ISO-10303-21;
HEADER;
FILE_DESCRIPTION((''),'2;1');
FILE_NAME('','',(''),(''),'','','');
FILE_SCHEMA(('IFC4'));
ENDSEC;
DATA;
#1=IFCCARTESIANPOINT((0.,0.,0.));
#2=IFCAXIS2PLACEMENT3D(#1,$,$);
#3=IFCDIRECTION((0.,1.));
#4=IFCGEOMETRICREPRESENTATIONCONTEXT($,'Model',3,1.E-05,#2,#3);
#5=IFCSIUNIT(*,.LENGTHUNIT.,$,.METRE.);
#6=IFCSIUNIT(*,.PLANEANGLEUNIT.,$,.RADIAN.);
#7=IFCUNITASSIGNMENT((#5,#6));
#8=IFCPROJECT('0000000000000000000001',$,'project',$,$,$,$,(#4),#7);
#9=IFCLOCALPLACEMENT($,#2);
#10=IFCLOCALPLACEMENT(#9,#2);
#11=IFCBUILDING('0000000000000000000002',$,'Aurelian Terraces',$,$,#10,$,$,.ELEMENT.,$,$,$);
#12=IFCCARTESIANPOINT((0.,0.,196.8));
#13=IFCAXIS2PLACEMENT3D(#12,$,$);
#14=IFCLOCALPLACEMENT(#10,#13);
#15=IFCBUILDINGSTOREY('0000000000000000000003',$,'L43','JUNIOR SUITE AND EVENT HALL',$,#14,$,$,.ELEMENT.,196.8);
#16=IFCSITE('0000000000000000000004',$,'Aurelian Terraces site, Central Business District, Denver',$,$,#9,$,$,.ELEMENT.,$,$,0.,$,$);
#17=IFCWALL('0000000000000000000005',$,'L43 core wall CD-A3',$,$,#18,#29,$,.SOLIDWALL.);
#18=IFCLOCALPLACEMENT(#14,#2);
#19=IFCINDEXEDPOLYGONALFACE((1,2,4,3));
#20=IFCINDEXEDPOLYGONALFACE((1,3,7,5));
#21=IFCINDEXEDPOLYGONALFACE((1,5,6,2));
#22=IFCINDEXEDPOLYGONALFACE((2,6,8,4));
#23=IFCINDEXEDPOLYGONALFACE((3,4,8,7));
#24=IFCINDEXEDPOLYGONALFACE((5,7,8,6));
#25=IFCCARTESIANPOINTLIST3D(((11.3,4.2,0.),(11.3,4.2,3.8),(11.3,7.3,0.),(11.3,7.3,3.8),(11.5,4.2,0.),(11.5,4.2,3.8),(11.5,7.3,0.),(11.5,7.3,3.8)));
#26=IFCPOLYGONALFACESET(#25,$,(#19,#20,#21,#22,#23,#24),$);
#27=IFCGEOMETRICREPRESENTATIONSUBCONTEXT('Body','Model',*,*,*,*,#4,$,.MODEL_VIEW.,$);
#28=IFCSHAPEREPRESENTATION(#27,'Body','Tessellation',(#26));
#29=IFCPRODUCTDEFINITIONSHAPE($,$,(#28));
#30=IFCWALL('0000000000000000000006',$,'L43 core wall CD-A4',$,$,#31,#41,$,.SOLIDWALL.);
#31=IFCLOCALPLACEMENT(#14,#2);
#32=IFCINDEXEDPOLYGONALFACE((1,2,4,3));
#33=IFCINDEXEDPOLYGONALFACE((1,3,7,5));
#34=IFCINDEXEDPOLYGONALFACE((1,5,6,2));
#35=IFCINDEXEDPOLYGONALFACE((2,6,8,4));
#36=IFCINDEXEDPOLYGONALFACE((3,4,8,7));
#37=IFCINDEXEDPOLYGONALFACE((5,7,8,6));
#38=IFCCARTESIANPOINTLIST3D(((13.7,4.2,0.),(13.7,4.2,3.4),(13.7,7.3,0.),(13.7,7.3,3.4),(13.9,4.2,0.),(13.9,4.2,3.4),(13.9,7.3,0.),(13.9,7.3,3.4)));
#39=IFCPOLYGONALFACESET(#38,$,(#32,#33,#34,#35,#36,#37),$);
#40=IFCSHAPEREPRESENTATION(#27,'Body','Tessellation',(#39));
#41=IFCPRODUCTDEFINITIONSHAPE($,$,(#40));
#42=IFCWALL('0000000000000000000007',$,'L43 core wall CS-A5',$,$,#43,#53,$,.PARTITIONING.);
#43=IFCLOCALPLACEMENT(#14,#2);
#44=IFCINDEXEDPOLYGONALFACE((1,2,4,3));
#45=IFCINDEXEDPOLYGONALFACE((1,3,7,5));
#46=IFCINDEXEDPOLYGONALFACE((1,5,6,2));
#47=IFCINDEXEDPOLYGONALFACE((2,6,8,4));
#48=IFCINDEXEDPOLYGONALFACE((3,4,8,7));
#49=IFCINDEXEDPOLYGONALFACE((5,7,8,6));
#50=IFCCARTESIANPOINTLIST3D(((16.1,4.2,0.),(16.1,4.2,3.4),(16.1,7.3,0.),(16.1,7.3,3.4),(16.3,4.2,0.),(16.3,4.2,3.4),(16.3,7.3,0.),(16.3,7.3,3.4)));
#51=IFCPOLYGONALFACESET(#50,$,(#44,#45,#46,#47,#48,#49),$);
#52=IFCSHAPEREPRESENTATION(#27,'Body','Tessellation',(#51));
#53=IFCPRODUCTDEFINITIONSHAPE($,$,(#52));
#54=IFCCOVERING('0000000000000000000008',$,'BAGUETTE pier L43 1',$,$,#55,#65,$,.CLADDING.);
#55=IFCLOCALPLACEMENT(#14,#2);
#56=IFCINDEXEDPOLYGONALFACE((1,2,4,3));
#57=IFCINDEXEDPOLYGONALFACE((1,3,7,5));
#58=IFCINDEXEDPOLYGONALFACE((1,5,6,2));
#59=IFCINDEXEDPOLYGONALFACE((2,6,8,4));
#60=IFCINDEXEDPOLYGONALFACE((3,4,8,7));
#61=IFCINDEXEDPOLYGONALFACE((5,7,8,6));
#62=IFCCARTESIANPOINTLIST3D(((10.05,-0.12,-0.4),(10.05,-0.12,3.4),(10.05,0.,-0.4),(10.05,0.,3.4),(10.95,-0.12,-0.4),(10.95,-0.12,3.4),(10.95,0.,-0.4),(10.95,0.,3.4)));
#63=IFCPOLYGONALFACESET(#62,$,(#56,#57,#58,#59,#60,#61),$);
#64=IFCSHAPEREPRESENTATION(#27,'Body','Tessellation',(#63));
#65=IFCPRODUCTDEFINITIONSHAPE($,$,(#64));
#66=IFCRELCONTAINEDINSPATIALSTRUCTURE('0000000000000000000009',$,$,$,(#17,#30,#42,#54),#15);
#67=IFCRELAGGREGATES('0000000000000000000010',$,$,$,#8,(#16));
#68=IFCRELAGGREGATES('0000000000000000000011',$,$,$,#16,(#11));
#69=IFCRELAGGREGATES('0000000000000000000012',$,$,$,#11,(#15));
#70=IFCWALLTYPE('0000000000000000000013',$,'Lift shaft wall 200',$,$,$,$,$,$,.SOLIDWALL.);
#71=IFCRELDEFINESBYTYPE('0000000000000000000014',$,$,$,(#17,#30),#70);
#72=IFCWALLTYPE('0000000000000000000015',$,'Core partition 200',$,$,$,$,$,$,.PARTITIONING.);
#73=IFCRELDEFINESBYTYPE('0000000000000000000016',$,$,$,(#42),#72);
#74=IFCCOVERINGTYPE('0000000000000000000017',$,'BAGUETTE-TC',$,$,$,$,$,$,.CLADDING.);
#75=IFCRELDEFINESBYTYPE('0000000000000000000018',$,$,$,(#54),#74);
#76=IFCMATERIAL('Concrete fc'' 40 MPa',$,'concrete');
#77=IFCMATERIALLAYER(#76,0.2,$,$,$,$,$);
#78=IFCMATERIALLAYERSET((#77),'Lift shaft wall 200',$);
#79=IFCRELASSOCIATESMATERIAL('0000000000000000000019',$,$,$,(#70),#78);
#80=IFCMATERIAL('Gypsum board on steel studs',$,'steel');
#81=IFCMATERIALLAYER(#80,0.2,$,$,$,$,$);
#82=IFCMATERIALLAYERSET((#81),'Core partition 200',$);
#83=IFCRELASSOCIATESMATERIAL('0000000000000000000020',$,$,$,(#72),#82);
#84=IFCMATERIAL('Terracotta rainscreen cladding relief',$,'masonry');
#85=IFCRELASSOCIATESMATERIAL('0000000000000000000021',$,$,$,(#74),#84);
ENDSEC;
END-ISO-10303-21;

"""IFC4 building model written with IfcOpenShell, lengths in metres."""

from ifc_helpers import new_model, si_unit, direction, frame, frame_2d, origin, origin_2d, place, context, subcontext, project, spatial, rectangle, extrude, source, transform, mapped, material, layer, layer_set, type_object, element, save


model = new_model("IFC4")

# Units and contexts
model_context = context("Model", 3, precision=1e-05, world=origin(), true_north=direction((0.0, 1.0)))
body_context = subcontext(model_context, "Body", "Model", "MODEL_VIEW")
ifc_project = project(units=[si_unit("LENGTHUNIT", "METRE"), si_unit("PLANEANGLEUNIT", "RADIAN")], contexts=[model_context])

# Site, building, storey
site_placement = place(None, origin())
site = spatial("IfcSite", under=ifc_project, at=site_placement, Name="Aurelian Terraces site, Central Business District, Denver", CompositionType="ELEMENT", RefElevation=0.0)
building_placement = place(site_placement, origin())
building = spatial("IfcBuilding", under=site, at=building_placement, Name="Aurelian Terraces", CompositionType="ELEMENT")
storey_placement = place(building_placement, frame((0.0, 0.0, 196.8)))
storey = spatial("IfcBuildingStorey", under=building, at=storey_placement, Name="L43", Description="JUNIOR SUITE AND EVENT HALL", CompositionType="ELEMENT", Elevation=196.8)

# Shared definitions
ifc_material_1 = material(Name="Concrete fc' 40 MPa", Category="concrete")

# Walls
ifc_layer_1 = layer(ifc_material_1, 0.2)
ifc_layer_set_1 = layer_set([ifc_layer_1], Name="Lift shaft wall 200")
wall_type_1 = type_object("IfcWallType", Name="Lift shaft wall 200", PredefinedType="SOLIDWALL", material=ifc_layer_set_1)
shared_shape_1 = source(origin(), body_context, "Body", "SweptSolid", [
    extrude(rectangle(XDim=3.1, YDim=0.2, at=frame_2d((1.55, 0.0))), origin(), (0.0, 0.0, 1.0), 3.8),
])
for number, where, z_axis, x_axis, name in (
    (1, (11.4, 4.2, 0.0), (0.0, 0.0, 1.0), (0.0, 1.0, 0.0), "L43 core wall CD-A3"),
):
    element("IfcWall", number, at=place(storey_placement, frame(where, z_axis=z_axis, x_axis=x_axis)), inside=storey, type_object=wall_type_1, Name=name, PredefinedType="SOLIDWALL", context=body_context, shape_type="MappedRepresentation", body=[
        mapped(shared_shape_1, transform((0.0, 0.0, 0.0), scale=1.0)),
    ])
shared_shape_2 = source(origin(), body_context, "Body", "SweptSolid", [
    extrude(rectangle(XDim=3.1, YDim=0.2, at=frame_2d((1.55, 0.0))), origin(), (0.0, 0.0, 1.0), 3.4),
])
wall_1_placement = place(storey_placement, frame((13.8, 4.2, 0.0), z_axis=(0.0, 0.0, 1.0), x_axis=(0.0, 1.0, 0.0)))
element("IfcWall", 2, at=wall_1_placement, inside=storey, type_object=wall_type_1, Name="L43 core wall CD-A4", PredefinedType="SOLIDWALL", context=body_context, shape_type="MappedRepresentation", body=[
    mapped(shared_shape_2, transform((0.0, 0.0, 0.0), scale=1.0)),
])
ifc_material_2 = material(Name="Gypsum board on steel studs", Category="steel")
ifc_layer_2 = layer(ifc_material_2, 0.2)
ifc_layer_set_2 = layer_set([ifc_layer_2], Name="Core partition 200")
wall_type_2 = type_object("IfcWallType", Name="Core partition 200", PredefinedType="PARTITIONING", material=ifc_layer_set_2)
shared_shape_3 = source(origin(), body_context, "Body", "SweptSolid", [
    extrude(rectangle(XDim=3.1, YDim=0.2, at=frame_2d((1.55, 0.0))), origin(), (0.0, 0.0, 1.0), 3.4),
])
wall_2_placement = place(storey_placement, frame((16.2, 4.2, 0.0), z_axis=(0.0, 0.0, 1.0), x_axis=(0.0, 1.0, 0.0)))
element("IfcWall", 3, at=wall_2_placement, inside=storey, type_object=wall_type_2, Name="L43 core wall CS-A5", PredefinedType="PARTITIONING", context=body_context, shape_type="MappedRepresentation", body=[
    mapped(shared_shape_3, transform((0.0, 0.0, 0.0), scale=1.0)),
])

# Covering
ifc_material_3 = material(Name="Terracotta rainscreen cladding relief", Category="masonry")
covering_type = type_object("IfcCoveringType", Name="BAGUETTE-TC", PredefinedType="CLADDING", material=ifc_material_3)
shared_shape_4 = source(origin(), body_context, "Body", "SweptSolid", [
    extrude(rectangle(XDim=0.9, YDim=0.12, at=origin_2d()), origin(), (0.0, 0.0, 1.0), 3.8),
])
covering_placement = place(storey_placement, frame((10.5, -0.06, -0.4), z_axis=(0.0, 0.0, 1.0), x_axis=(1.0, 0.0, 0.0)))
element("IfcCovering", 4, at=covering_placement, inside=storey, type_object=covering_type, Name="BAGUETTE pier L43 1", PredefinedType="CLADDING", context=body_context, shape_type="MappedRepresentation", body=[
    mapped(shared_shape_4, transform((0.0, 0.0, 0.0), scale=1.0)),
])

save(model, "model.ifc")
